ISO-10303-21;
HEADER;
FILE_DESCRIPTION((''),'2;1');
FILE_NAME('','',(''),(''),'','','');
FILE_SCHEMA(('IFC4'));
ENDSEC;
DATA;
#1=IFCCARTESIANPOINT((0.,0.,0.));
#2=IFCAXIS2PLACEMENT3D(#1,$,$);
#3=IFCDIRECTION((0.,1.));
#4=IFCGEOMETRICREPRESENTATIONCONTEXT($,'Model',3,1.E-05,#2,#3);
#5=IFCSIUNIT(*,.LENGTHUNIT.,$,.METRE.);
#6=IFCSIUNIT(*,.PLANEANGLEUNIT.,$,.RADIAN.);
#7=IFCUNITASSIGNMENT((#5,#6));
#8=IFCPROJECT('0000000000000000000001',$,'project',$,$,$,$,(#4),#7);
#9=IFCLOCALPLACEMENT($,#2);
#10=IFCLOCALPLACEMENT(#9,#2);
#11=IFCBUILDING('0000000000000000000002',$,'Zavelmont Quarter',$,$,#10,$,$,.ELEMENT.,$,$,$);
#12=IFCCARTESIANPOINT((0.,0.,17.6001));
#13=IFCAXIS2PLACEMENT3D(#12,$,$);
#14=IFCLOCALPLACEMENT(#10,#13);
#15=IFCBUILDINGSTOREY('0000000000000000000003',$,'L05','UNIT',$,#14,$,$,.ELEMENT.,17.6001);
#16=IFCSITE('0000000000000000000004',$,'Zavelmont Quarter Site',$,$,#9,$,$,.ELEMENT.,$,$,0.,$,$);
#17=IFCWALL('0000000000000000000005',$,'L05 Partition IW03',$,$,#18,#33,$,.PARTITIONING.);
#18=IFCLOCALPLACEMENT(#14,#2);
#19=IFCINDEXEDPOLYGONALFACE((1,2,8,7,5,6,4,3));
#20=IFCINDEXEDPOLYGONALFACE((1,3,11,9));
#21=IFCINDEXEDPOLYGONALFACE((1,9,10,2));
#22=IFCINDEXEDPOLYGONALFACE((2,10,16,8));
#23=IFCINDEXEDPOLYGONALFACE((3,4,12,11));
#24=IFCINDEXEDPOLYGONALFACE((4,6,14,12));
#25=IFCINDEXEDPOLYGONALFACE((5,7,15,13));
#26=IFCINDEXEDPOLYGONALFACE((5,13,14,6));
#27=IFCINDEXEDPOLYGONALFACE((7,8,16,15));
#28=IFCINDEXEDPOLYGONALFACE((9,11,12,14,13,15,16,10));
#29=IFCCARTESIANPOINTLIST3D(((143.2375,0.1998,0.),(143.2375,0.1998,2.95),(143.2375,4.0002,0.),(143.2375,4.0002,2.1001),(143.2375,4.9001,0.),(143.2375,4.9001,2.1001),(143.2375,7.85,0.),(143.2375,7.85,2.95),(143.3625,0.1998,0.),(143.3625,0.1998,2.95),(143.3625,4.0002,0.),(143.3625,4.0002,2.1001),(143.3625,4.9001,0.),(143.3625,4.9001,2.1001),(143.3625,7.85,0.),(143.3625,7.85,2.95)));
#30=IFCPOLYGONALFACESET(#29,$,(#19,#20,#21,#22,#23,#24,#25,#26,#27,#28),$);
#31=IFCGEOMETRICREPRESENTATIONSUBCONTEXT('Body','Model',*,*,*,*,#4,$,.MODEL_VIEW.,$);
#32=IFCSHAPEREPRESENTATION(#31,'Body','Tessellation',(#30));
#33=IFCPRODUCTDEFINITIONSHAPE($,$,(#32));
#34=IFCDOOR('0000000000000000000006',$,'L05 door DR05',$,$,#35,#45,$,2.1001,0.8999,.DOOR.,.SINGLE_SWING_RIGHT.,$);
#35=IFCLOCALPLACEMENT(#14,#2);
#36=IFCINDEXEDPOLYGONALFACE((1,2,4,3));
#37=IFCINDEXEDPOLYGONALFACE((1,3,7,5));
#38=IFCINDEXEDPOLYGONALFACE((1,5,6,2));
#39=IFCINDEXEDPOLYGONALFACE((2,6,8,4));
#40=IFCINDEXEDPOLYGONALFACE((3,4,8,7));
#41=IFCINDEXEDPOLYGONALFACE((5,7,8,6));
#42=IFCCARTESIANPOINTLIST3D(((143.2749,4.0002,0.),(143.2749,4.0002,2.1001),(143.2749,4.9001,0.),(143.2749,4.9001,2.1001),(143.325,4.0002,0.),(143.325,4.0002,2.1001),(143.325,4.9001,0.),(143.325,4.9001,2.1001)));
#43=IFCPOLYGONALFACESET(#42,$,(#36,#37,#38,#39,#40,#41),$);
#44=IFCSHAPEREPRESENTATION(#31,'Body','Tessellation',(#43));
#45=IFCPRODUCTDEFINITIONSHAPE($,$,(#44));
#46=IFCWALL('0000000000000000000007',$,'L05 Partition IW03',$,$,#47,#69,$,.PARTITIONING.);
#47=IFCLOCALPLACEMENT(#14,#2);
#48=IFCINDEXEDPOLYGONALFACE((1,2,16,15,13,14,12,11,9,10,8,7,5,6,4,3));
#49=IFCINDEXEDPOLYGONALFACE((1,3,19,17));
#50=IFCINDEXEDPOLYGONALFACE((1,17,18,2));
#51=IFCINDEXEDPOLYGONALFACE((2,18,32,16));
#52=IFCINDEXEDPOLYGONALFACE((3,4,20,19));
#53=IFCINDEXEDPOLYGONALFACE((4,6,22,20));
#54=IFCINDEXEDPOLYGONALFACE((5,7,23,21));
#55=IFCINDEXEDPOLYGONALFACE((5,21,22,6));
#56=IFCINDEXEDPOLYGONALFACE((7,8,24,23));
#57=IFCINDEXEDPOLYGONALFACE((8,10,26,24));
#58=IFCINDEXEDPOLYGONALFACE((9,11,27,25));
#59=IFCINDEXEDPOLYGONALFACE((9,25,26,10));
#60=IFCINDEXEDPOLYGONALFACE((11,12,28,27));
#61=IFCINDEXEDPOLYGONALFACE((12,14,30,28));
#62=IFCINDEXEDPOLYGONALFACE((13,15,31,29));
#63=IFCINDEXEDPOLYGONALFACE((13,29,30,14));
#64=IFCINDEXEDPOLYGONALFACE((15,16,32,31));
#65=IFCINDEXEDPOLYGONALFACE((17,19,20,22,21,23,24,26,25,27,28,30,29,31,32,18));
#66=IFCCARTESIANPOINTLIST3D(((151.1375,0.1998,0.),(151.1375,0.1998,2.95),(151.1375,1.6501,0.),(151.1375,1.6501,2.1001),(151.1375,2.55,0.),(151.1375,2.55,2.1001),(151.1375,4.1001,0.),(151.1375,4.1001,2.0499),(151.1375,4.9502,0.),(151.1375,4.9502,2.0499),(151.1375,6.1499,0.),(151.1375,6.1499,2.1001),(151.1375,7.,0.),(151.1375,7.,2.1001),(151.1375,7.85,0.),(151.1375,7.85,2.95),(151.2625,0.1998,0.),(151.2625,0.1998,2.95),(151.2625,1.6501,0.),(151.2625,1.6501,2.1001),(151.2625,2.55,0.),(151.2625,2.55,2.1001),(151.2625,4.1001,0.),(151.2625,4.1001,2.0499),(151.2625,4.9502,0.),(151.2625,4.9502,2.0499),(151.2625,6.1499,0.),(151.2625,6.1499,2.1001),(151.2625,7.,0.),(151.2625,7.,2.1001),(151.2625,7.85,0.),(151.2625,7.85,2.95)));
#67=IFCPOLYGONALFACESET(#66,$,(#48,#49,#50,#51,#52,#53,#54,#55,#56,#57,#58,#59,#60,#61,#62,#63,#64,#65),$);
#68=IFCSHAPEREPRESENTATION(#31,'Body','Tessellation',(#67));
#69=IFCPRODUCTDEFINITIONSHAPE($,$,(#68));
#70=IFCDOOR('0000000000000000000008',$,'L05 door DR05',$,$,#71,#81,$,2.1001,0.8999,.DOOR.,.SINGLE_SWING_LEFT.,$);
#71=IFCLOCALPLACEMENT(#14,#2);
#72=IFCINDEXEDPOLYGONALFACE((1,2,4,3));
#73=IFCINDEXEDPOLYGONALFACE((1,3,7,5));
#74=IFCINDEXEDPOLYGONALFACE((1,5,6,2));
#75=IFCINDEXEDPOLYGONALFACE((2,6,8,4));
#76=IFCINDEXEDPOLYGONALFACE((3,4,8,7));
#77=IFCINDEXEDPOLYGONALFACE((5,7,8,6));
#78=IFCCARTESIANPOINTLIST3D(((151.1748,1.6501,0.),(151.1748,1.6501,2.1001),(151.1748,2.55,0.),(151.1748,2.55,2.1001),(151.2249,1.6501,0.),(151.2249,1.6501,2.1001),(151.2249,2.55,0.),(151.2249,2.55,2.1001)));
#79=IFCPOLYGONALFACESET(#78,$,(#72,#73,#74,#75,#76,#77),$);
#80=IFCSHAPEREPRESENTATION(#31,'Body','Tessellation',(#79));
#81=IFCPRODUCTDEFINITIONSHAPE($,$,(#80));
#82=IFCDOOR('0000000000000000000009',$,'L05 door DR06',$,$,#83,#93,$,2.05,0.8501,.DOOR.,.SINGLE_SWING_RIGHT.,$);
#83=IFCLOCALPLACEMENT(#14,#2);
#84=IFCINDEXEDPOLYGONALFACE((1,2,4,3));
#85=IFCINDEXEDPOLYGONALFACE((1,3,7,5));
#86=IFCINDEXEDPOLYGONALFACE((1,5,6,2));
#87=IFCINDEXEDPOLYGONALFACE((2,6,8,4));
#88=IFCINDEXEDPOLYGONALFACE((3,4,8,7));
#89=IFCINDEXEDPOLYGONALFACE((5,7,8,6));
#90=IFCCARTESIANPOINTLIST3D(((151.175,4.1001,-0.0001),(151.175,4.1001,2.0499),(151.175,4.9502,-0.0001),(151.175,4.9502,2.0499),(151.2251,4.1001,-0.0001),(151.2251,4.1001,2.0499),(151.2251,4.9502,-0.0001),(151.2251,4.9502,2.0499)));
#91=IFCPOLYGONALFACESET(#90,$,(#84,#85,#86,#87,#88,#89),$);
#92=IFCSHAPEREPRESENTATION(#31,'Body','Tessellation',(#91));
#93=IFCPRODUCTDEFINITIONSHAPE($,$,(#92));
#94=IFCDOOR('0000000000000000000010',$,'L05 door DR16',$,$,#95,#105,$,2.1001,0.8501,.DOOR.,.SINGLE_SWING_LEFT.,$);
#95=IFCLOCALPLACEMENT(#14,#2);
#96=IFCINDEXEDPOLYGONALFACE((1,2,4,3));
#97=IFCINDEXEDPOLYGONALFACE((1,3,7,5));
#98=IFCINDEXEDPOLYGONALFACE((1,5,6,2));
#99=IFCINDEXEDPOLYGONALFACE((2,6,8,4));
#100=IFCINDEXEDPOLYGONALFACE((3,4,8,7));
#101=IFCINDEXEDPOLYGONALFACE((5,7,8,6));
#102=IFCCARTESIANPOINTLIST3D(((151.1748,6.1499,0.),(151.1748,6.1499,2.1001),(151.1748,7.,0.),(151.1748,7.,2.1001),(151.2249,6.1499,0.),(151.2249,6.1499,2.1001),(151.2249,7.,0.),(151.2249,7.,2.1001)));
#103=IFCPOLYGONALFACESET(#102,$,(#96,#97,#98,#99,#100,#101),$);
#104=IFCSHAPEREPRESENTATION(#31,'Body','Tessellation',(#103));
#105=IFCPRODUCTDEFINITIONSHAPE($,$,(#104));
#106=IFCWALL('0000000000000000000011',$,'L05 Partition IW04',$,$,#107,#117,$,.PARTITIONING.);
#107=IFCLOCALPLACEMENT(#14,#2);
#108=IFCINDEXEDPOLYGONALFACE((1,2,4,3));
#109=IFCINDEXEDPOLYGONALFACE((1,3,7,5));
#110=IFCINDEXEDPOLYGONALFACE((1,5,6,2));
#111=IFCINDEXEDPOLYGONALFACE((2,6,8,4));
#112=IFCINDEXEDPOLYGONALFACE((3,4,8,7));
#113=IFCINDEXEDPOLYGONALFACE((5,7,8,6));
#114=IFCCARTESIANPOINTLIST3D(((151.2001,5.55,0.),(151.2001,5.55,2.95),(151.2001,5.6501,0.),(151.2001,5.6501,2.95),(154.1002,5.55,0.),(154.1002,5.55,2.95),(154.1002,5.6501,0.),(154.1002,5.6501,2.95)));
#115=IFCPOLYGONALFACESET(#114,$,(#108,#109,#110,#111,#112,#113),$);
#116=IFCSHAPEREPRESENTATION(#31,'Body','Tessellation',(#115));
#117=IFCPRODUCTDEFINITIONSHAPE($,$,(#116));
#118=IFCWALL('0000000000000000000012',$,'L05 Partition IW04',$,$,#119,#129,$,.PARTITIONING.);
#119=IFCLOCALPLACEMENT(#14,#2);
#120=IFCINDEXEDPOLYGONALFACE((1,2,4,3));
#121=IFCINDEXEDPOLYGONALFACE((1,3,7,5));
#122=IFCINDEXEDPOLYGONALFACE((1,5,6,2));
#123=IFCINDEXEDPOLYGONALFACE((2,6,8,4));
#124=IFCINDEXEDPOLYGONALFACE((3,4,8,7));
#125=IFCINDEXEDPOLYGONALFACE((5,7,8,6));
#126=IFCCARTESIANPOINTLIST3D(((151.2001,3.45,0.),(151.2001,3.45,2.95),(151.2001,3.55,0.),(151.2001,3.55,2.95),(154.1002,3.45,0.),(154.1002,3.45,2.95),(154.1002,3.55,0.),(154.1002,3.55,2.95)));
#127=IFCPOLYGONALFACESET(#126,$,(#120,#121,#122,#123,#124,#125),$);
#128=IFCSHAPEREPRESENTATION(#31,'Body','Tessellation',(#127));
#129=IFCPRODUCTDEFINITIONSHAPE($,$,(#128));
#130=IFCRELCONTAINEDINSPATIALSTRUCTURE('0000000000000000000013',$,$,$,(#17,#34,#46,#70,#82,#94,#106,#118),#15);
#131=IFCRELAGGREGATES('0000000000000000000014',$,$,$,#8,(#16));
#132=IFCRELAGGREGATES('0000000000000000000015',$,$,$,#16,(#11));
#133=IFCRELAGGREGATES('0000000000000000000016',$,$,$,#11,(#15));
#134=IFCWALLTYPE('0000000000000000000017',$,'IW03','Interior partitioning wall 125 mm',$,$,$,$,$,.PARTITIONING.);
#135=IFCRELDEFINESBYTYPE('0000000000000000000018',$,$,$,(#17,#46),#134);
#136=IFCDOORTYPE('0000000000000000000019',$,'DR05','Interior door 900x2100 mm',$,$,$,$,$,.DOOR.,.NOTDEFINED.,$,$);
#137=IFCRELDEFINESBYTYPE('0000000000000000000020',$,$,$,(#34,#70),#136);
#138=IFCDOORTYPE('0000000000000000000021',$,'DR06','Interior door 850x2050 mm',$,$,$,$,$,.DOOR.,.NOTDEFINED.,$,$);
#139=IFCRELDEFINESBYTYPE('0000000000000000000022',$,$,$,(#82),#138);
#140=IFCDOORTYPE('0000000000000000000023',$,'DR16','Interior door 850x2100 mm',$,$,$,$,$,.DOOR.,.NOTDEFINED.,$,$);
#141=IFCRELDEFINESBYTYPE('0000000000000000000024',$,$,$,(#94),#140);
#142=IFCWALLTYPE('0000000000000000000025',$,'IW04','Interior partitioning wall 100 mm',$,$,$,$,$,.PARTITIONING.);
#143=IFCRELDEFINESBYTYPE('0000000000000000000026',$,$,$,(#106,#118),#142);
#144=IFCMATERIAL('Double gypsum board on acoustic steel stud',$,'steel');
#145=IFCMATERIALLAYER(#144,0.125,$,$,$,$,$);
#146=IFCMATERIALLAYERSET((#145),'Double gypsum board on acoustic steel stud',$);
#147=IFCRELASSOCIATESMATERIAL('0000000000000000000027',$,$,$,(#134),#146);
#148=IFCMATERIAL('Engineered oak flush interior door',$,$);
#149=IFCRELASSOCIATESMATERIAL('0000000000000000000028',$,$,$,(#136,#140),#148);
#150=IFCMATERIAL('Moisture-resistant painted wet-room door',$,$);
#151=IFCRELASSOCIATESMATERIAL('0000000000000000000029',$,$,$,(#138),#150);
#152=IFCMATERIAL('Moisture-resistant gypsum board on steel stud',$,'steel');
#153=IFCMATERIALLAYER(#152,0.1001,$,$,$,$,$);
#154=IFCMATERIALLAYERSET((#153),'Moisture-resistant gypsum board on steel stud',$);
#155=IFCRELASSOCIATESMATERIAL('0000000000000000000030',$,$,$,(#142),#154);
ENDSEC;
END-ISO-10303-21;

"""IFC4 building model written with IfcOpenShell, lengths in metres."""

from ifc_helpers import new_model, si_unit, direction, frame, frame_2d, origin, origin_with_axes, place, context, subcontext, project, spatial, rectangle, extrude, material, layer, layer_set, type_object, element, fill, save


model = new_model("IFC4")

# Units and contexts
model_context = context("Model", 3, precision=1e-05, world=origin(), true_north=direction((0.0, 1.0)))
body_context = subcontext(model_context, "Body", "Model", "MODEL_VIEW")
ifc_project = project(units=[si_unit("LENGTHUNIT", "METRE"), si_unit("PLANEANGLEUNIT", "RADIAN")], contexts=[model_context])

# Site, building, storey
site_placement = place(None, origin())
site = spatial("IfcSite", under=ifc_project, at=site_placement, Name="Zavelmont Quarter Site", CompositionType="ELEMENT", RefElevation=0.0)
building_placement = place(site_placement, origin())
building = spatial("IfcBuilding", under=site, at=building_placement, Name="Zavelmont Quarter", CompositionType="ELEMENT")
storey_placement = place(building_placement, frame((0.0, 0.0, 17.6001)))
storey = spatial("IfcBuildingStorey", under=building, at=storey_placement, Name="L05", Description="UNIT", CompositionType="ELEMENT", Elevation=17.6001)

# Wall, opening, door
ifc_material_1 = material(Name="Double gypsum board on acoustic steel stud", Category="steel")
ifc_layer_1 = layer(ifc_material_1, 0.125)
ifc_layer_set_1 = layer_set([ifc_layer_1], Name="Double gypsum board on acoustic steel stud")
wall_type_1 = type_object("IfcWallType", Name="IW03", Description="Interior partitioning wall 125 mm", PredefinedType="PARTITIONING", material=ifc_layer_set_1)
wall_1_placement = place(storey_placement, frame((143.3, 7.8501, 0.0), z_axis=(0.0, 0.0, 1.0), x_axis=(0.0, -1.0, 0.0)))
wall_1 = element("IfcWall", 1, at=wall_1_placement, inside=storey, type_object=wall_type_1, Name="L05 Partition IW03", PredefinedType="PARTITIONING", context=body_context, shape_type="SweptSolid", body=[
    extrude(rectangle(XDim=7.6501, YDim=0.125, at=frame_2d((3.8252, 0.0))), origin(), (0.0, 0.0, 1.0), 2.95),
])
opening_1_placement = place(wall_1_placement, frame((2.95, 0.0, 0.0)))
opening_1 = element("IfcOpeningElement", 2, at=opening_1_placement, cuts=wall_1, PredefinedType="OPENING", context=body_context, shape_type="SweptSolid", body=[
    extrude(rectangle(XDim=0.8999, YDim=2.1001, at=frame_2d((0.45, 1.05))), frame((0.0, 0.0745, 0.0), z_axis=(0.0, -1.0, 0.0), x_axis=(1.0, 0.0, 0.0)), (0.0, 0.0, 1.0), 0.1489),
])
ifc_material_2 = material(Name="Engineered oak flush interior door")
door_type_1 = type_object("IfcDoorType", Name="DR05", Description="Interior door 900x2100 mm", OperationType="NOTDEFINED", PredefinedType="DOOR", material=ifc_material_2)
door_1_placement = place(opening_1_placement, origin_with_axes())
door_1 = element("IfcDoor", 3, at=door_1_placement, inside=storey, type_object=door_type_1, Name="L05 door DR05", OperationType="SINGLE_SWING_RIGHT", OverallHeight=2.1001, OverallWidth=0.8999, PredefinedType="DOOR", context=body_context, shape_type="SweptSolid", body=[
    extrude(rectangle(XDim=0.8999, YDim=2.1001, at=frame_2d((0.45, 1.05))), frame((0.0, 0.0249, 0.0), z_axis=(0.0, -1.0, 0.0), x_axis=(1.0, 0.0, 0.0)), (0.0, 0.0, 1.0), 0.05),
])
fill(opening_1, door_1)

# Wall, openings, doors
wall_2_placement = place(storey_placement, frame((151.2, 7.8501, 0.0), z_axis=(0.0, 0.0, 1.0), x_axis=(0.0, -1.0, 0.0)))
wall_2 = element("IfcWall", 4, at=wall_2_placement, inside=storey, type_object=wall_type_1, Name="L05 Partition IW03", PredefinedType="PARTITIONING", context=body_context, shape_type="SweptSolid", body=[
    extrude(rectangle(XDim=7.6501, YDim=0.125, at=frame_2d((3.8252, 0.0))), origin(), (0.0, 0.0, 1.0), 2.95),
])
opening_2_placement = place(wall_2_placement, frame((0.8501, 0.0, 0.0)))
opening_2 = element("IfcOpeningElement", 5, at=opening_2_placement, cuts=wall_2, PredefinedType="OPENING", context=body_context, shape_type="SweptSolid", body=[
    extrude(rectangle(XDim=0.8501, YDim=2.1001, at=frame_2d((0.425, 1.05))), frame((0.0, 0.0745, 0.0), z_axis=(0.0, -1.0, 0.0), x_axis=(1.0, 0.0, 0.0)), (0.0, 0.0, 1.0), 0.1489),
])
opening_3_placement = place(wall_2_placement, frame((2.8999, 0.0, 0.0)))
opening_3 = element("IfcOpeningElement", 6, at=opening_3_placement, cuts=wall_2, PredefinedType="OPENING", context=body_context, shape_type="SweptSolid", body=[
    extrude(rectangle(XDim=0.8501, YDim=2.05, at=frame_2d((0.425, 1.0249))), frame((0.0, 0.0745, 0.0), z_axis=(0.0, -1.0, 0.0), x_axis=(1.0, 0.0, 0.0)), (0.0, 0.0, 1.0), 0.1489),
])
opening_4_placement = place(wall_2_placement, frame((5.3, 0.0, 0.0)))
opening_4 = element("IfcOpeningElement", 7, at=opening_4_placement, cuts=wall_2, PredefinedType="OPENING", context=body_context, shape_type="SweptSolid", body=[
    extrude(rectangle(XDim=0.8999, YDim=2.1001, at=frame_2d((0.45, 1.05))), frame((0.0, 0.0745, 0.0), z_axis=(0.0, -1.0, 0.0), x_axis=(1.0, 0.0, 0.0)), (0.0, 0.0, 1.0), 0.1489),
])
door_2_placement = place(opening_4_placement, origin_with_axes())
door_2 = element("IfcDoor", 8, at=door_2_placement, inside=storey, type_object=door_type_1, Name="L05 door DR05", OperationType="SINGLE_SWING_LEFT", OverallHeight=2.1001, OverallWidth=0.8999, PredefinedType="DOOR", context=body_context, shape_type="SweptSolid", body=[
    extrude(rectangle(XDim=0.8999, YDim=2.1001, at=frame_2d((0.45, 1.05))), frame((0.0, 0.0249, 0.0), z_axis=(0.0, -1.0, 0.0), x_axis=(1.0, 0.0, 0.0)), (0.0, 0.0, 1.0), 0.05),
])
fill(opening_4, door_2)
ifc_material_3 = material(Name="Moisture-resistant painted wet-room door")
door_type_2 = type_object("IfcDoorType", Name="DR06", Description="Interior door 850x2050 mm", OperationType="NOTDEFINED", PredefinedType="DOOR", material=ifc_material_3)
door_3_placement = place(opening_3_placement, frame((0.8501, 0.0, 0.0), z_axis=(0.0, 0.0, 1.0), x_axis=(-1.0, 0.0, 0.0)))
door_3 = element("IfcDoor", 9, at=door_3_placement, inside=storey, type_object=door_type_2, Name="L05 door DR06", OperationType="SINGLE_SWING_RIGHT", OverallHeight=2.05, OverallWidth=0.8501, PredefinedType="DOOR", context=body_context, shape_type="SweptSolid", body=[
    extrude(rectangle(XDim=0.8501, YDim=2.05, at=frame_2d((0.425, 1.0249))), frame((0.0, 0.0249, 0.0), z_axis=(0.0, -1.0, 0.0), x_axis=(1.0, 0.0, 0.0)), (0.0, 0.0, 1.0), 0.05),
])
fill(opening_3, door_3)
door_type_3 = type_object("IfcDoorType", Name="DR16", Description="Interior door 850x2100 mm", OperationType="NOTDEFINED", PredefinedType="DOOR", material=ifc_material_2)
door_4_placement = place(opening_2_placement, origin_with_axes())
door_4 = element("IfcDoor", 10, at=door_4_placement, inside=storey, type_object=door_type_3, Name="L05 door DR16", OperationType="SINGLE_SWING_LEFT", OverallHeight=2.1001, OverallWidth=0.8501, PredefinedType="DOOR", context=body_context, shape_type="SweptSolid", body=[
    extrude(rectangle(XDim=0.8501, YDim=2.1001, at=frame_2d((0.425, 1.05))), frame((0.0, 0.0249, 0.0), z_axis=(0.0, -1.0, 0.0), x_axis=(1.0, 0.0, 0.0)), (0.0, 0.0, 1.0), 0.05),
])
fill(opening_2, door_4)

# Walls
ifc_material_4 = material(Name="Moisture-resistant gypsum board on steel stud", Category="steel")
ifc_layer_2 = layer(ifc_material_4, 0.1001)
ifc_layer_set_2 = layer_set([ifc_layer_2], Name="Moisture-resistant gypsum board on steel stud")
wall_type_2 = type_object("IfcWallType", Name="IW04", Description="Interior partitioning wall 100 mm", PredefinedType="PARTITIONING", material=ifc_layer_set_2)
for number, where, z_axis, x_axis, name in (
    (11, (151.2, 5.6001, 0.0), (0.0, 0.0, 1.0), (1.0, 0.0, 0.0), "L05 Partition IW04"),
    (12, (151.2, 3.5, 0.0), (0.0, 0.0, 1.0), (1.0, 0.0, 0.0), "L05 Partition IW04"),
):
    element("IfcWall", number, at=place(storey_placement, frame(where, z_axis=z_axis, x_axis=x_axis)), inside=storey, type_object=wall_type_2, Name=name, PredefinedType="PARTITIONING", context=body_context, shape_type="SweptSolid", body=[
        extrude(rectangle(XDim=2.9001, YDim=0.1001, at=frame_2d((1.4502, 0.0))), origin(), (0.0, 0.0, 1.0), 2.95),
    ])

save(model, "model.ifc")
